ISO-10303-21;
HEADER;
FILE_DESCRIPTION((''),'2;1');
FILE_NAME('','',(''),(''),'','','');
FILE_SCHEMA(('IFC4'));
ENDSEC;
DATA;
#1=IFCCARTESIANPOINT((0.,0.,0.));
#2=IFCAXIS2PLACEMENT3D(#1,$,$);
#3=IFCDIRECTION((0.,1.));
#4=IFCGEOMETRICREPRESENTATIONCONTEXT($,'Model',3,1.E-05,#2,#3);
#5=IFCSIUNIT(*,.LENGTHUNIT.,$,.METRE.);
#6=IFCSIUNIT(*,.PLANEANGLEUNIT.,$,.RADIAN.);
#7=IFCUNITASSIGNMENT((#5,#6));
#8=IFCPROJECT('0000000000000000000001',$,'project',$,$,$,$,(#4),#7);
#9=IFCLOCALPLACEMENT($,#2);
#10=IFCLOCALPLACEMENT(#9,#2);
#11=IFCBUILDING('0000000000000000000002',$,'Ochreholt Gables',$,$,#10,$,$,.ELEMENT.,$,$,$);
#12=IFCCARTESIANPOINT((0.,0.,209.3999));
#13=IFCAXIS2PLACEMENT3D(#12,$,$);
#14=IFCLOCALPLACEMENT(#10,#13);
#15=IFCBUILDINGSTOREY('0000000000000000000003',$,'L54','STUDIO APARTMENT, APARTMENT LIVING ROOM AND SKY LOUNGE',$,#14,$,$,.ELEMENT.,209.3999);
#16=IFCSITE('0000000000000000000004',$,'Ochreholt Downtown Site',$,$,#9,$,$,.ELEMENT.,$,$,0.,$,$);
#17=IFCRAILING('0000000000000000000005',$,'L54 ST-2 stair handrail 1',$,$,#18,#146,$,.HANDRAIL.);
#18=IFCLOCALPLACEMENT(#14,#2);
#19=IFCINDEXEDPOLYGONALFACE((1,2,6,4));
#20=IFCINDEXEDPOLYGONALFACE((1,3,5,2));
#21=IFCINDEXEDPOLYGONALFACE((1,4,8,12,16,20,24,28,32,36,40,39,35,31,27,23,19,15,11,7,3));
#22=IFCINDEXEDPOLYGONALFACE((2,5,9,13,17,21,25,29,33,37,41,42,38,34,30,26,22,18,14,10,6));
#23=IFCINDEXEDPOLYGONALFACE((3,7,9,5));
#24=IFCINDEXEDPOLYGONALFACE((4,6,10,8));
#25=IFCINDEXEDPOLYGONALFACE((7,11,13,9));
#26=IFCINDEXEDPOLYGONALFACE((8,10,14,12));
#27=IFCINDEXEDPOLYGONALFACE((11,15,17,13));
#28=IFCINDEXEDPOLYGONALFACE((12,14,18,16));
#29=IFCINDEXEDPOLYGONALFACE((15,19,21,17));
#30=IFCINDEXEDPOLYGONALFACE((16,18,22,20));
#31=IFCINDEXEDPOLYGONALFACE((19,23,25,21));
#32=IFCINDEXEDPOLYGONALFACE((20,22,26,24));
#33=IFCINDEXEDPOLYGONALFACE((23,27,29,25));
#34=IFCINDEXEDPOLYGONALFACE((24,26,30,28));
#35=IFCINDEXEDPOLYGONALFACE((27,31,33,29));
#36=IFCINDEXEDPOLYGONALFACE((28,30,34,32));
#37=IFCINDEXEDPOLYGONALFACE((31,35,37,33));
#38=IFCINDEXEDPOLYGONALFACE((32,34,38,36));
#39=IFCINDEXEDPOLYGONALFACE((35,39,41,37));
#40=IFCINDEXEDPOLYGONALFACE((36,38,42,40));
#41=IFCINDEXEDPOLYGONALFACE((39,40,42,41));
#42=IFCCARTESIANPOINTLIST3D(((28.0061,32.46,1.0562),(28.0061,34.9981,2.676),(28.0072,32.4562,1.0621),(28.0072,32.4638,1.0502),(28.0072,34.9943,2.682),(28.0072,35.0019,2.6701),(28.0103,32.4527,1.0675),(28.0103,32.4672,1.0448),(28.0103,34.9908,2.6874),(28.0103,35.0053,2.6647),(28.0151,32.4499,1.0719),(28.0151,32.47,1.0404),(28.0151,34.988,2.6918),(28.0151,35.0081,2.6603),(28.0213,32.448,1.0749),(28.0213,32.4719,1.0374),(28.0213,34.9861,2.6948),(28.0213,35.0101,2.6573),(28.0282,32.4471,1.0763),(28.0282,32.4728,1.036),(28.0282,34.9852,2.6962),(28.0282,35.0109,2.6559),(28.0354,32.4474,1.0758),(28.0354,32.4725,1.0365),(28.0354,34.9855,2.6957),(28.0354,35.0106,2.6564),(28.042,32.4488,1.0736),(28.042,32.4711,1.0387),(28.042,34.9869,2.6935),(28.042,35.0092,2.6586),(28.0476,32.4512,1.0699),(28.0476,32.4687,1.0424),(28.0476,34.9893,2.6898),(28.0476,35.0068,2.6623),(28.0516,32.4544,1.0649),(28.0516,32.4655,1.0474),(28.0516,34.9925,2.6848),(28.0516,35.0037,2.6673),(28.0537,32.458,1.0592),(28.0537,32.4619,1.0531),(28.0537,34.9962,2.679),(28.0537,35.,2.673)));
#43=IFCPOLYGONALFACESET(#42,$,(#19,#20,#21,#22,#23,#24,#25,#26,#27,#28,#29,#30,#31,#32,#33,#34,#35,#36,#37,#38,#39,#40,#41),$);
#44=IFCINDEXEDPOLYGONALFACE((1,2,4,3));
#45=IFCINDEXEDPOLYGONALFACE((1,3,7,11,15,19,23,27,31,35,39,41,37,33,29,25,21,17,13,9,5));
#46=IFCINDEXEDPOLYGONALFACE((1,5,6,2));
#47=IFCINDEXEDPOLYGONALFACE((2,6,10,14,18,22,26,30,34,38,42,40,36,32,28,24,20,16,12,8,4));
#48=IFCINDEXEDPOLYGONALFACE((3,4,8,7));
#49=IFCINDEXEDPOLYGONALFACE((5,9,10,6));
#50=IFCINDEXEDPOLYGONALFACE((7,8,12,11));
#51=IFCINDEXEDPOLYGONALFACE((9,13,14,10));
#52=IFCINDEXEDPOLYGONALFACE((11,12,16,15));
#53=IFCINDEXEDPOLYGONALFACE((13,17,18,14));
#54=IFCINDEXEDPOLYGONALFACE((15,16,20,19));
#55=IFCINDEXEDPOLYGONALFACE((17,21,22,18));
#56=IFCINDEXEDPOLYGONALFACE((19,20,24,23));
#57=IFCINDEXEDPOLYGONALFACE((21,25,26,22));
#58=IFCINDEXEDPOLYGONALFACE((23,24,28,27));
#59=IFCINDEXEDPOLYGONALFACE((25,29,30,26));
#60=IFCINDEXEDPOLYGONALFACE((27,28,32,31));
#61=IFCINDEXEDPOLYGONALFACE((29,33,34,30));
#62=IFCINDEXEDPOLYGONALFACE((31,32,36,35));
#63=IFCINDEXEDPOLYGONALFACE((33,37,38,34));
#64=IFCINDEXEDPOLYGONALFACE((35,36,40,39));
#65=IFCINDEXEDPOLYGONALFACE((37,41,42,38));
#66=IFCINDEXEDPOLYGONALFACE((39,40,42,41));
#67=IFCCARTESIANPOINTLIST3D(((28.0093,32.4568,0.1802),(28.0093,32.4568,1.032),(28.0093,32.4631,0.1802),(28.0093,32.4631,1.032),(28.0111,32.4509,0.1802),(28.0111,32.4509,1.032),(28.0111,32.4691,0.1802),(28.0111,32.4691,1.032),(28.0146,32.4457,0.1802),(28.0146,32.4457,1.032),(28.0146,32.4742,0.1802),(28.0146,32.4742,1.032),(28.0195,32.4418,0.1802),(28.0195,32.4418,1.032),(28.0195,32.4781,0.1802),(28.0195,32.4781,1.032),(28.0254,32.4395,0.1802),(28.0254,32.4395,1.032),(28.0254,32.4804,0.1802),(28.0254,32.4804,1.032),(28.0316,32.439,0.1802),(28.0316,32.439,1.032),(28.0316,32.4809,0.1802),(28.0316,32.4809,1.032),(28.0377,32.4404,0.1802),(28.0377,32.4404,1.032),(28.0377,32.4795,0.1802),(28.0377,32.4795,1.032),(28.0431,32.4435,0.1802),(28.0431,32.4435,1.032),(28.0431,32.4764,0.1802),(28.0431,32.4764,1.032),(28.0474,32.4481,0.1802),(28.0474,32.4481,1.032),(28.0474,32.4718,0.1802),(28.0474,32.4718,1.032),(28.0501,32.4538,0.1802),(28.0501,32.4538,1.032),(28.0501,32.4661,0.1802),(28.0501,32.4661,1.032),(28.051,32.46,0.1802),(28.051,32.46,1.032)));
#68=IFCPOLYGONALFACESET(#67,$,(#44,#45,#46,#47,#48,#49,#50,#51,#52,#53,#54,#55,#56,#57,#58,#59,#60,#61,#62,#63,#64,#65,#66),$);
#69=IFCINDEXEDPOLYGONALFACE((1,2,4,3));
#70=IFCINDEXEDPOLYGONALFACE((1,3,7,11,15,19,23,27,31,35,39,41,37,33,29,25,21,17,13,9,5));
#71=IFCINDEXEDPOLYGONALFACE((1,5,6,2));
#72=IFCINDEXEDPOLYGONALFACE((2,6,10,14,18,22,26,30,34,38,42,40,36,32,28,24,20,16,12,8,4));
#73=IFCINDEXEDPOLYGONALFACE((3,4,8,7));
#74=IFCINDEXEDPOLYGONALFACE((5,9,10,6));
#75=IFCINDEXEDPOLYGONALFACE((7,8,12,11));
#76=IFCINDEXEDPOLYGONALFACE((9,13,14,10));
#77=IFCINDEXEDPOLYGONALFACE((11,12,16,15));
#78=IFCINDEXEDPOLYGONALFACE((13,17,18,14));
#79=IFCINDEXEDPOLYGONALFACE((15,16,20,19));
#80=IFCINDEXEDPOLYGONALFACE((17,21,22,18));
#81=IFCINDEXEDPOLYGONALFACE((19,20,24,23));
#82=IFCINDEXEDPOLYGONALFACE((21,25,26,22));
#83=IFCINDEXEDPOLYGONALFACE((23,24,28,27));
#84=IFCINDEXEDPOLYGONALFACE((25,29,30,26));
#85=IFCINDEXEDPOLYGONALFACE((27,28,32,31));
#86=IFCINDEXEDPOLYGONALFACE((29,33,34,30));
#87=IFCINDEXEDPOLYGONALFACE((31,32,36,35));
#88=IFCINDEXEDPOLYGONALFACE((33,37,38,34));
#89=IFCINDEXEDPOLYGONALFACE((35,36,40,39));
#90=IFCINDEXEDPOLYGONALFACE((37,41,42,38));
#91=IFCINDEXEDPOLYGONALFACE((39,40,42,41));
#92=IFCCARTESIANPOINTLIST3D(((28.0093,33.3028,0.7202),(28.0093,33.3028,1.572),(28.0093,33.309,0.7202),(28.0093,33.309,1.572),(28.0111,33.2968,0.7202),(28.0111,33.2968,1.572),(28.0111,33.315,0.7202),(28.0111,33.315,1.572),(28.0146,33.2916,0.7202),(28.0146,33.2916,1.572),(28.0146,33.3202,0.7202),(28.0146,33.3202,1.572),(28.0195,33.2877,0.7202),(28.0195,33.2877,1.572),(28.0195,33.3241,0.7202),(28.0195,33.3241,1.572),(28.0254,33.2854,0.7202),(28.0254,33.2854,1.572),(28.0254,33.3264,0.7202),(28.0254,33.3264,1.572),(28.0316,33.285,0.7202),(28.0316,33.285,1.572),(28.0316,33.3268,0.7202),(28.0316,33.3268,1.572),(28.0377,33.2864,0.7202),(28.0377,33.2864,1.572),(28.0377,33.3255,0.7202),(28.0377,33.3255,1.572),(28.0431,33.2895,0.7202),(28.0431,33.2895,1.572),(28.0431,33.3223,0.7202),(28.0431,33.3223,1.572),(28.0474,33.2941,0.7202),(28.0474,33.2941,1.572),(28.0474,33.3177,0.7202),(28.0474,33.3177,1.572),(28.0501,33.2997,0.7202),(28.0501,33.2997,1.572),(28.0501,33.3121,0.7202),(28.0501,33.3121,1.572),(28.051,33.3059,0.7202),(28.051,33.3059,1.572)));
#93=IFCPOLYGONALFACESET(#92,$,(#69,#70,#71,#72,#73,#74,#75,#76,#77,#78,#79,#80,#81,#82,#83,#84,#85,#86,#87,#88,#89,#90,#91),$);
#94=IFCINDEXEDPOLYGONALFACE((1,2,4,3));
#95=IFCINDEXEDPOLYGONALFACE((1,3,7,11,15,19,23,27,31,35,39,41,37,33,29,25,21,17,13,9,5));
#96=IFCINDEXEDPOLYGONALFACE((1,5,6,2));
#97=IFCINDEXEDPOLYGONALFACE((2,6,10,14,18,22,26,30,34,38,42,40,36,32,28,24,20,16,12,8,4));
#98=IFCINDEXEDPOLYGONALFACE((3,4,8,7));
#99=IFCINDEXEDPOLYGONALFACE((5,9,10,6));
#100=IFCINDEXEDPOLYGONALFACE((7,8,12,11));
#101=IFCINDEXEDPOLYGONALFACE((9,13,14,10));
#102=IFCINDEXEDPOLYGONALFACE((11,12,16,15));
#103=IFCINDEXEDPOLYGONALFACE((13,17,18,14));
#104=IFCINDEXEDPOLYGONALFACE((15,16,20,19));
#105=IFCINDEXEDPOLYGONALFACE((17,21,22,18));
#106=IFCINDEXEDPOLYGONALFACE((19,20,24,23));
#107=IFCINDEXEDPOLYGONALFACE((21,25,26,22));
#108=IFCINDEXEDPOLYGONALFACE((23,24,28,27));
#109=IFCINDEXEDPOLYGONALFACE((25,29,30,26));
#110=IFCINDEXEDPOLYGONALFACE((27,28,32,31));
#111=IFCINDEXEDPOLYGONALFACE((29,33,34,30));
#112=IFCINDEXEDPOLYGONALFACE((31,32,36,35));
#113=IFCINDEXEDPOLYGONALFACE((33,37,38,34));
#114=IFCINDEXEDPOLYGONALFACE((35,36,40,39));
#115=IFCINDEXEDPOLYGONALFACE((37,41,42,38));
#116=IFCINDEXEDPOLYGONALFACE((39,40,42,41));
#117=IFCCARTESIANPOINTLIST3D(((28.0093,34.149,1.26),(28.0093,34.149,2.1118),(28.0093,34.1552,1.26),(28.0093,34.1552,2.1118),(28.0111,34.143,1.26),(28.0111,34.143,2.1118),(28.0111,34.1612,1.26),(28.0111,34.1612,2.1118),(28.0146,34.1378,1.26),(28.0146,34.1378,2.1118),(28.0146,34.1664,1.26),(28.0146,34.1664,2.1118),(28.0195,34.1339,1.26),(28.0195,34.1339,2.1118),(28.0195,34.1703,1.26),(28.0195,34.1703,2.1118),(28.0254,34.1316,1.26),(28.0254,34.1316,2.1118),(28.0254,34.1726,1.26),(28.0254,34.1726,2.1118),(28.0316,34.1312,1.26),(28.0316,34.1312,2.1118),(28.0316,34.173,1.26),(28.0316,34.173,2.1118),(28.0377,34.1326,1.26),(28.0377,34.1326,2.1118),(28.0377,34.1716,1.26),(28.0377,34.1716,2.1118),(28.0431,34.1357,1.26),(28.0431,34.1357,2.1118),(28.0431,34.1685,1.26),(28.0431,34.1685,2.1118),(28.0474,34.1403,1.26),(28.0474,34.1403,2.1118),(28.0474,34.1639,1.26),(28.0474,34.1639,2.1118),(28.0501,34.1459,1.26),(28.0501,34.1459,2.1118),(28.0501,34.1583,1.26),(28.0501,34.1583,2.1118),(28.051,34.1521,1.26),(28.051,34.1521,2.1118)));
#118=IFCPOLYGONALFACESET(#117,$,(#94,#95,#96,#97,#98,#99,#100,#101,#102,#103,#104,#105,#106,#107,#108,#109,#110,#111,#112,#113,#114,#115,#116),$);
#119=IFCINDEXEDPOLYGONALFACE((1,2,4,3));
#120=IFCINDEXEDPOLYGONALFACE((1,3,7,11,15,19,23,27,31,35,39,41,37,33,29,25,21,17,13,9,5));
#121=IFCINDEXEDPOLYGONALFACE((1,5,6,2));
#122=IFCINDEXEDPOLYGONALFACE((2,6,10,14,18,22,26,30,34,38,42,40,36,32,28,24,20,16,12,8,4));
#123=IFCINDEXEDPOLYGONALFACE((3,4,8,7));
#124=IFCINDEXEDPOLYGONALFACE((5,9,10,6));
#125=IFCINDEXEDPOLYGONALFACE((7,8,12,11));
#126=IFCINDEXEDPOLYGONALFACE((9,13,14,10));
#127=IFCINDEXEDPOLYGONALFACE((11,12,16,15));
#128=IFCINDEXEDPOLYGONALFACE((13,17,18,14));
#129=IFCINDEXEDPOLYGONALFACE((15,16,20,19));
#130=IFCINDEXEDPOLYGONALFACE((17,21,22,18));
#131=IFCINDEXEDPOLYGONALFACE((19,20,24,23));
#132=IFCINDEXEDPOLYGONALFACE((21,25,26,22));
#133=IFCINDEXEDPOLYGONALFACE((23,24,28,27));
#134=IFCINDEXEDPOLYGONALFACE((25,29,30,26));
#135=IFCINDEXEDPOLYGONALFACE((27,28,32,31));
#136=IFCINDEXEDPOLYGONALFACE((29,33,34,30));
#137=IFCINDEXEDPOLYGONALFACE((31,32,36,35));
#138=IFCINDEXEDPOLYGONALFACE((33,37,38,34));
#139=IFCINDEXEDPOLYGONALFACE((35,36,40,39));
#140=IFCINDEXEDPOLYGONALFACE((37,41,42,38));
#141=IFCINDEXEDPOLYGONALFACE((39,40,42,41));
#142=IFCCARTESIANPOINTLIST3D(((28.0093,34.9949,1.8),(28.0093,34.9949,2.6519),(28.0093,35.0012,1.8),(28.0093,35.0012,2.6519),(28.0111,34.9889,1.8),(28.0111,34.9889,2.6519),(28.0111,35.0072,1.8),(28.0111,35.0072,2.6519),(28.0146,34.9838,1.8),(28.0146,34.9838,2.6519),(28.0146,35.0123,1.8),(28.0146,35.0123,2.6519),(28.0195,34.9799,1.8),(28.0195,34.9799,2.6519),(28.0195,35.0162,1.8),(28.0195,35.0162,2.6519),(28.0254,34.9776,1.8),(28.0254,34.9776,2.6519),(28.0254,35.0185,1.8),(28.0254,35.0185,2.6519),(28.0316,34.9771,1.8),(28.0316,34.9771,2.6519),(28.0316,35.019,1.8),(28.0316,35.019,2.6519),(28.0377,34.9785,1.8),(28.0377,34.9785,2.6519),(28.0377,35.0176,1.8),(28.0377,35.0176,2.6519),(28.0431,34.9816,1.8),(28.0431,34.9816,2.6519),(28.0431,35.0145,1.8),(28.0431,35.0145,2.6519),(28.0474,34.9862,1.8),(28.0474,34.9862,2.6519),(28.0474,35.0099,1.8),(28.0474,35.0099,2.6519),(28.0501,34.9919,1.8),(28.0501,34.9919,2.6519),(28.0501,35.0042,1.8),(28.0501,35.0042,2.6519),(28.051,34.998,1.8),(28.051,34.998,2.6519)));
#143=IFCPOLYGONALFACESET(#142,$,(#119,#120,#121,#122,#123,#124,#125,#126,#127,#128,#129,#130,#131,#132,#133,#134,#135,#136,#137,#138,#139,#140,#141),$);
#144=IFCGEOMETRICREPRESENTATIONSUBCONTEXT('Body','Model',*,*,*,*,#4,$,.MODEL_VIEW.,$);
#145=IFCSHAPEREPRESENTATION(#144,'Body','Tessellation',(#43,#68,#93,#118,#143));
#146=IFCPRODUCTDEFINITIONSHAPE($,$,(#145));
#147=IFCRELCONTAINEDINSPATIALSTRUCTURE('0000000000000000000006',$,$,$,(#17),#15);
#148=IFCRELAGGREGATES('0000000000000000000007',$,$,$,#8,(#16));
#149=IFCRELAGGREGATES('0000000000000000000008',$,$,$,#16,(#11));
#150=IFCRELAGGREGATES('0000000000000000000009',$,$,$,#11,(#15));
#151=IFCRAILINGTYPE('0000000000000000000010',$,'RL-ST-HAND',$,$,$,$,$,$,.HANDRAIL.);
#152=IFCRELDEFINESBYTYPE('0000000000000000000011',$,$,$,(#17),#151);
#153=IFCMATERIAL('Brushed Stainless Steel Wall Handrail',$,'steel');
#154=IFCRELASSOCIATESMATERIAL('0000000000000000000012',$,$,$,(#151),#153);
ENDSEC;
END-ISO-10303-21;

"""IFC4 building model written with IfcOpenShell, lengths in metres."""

from ifc_helpers import new_model, si_unit, direction, frame, origin, origin_2d, place, context, subcontext, project, spatial, circle, extrude, material, type_object, element, save


model = new_model("IFC4")

# Units and contexts
model_context = context("Model", 3, precision=1e-05, world=origin(), true_north=direction((0.0, 1.0)))
body_context = subcontext(model_context, "Body", "Model", "MODEL_VIEW")
ifc_project = project(units=[si_unit("LENGTHUNIT", "METRE"), si_unit("PLANEANGLEUNIT", "RADIAN")], contexts=[model_context])

# Site, building, storey
site_placement = place(None, origin())
site = spatial("IfcSite", under=ifc_project, at=site_placement, Name="Ochreholt Downtown Site", CompositionType="ELEMENT", RefElevation=0.0)
building_placement = place(site_placement, origin())
building = spatial("IfcBuilding", under=site, at=building_placement, Name="Ochreholt Gables", CompositionType="ELEMENT")
storey_placement = place(building_placement, frame((0.0, 0.0, 209.3999)))
storey = spatial("IfcBuildingStorey", under=building, at=storey_placement, Name="L54", Description="STUDIO APARTMENT, APARTMENT LIVING ROOM AND SKY LOUNGE", CompositionType="ELEMENT", Elevation=209.3999)

# Railing
ifc_material_1 = material(Name="Brushed Stainless Steel Wall Handrail", Category="steel")
railing_type_1 = type_object("IfcRailingType", Name="RL-ST-HAND", PredefinedType="HANDRAIL", material=ifc_material_1)
railing_1_placement = place(storey_placement, frame((28.03, 32.46, 0.1802)))
element("IfcRailing", 1, at=railing_1_placement, inside=storey, type_object=railing_type_1, Name="L54 ST-2 stair handrail 1", PredefinedType="HANDRAIL", context=body_context, shape_type="SweptSolid", body=[
    extrude(circle(Radius=0.0239, at=origin_2d()), frame((0.0, 0.0, 0.876), z_axis=(0.0, 0.84295, 0.537993), x_axis=(-1.0, 0.0, 0.0)), (0.0, 0.0, 1.0), 3.011),
    extrude(circle(Radius=0.021, at=origin_2d()), origin(), (0.0, 0.0, 1.0), 0.8518),
    extrude(circle(Radius=0.021, at=origin_2d()), frame((0.0, 0.8459, 0.54)), (0.0, 0.0, 1.0), 0.8518),
    extrude(circle(Radius=0.021, at=origin_2d()), frame((0.0, 1.6921, 1.0798)), (0.0, 0.0, 1.0), 0.8518),
    extrude(circle(Radius=0.021, at=origin_2d()), frame((0.0, 2.5381, 1.6199)), (0.0, 0.0, 1.0), 0.8518),
])

save(model, "model.ifc")
